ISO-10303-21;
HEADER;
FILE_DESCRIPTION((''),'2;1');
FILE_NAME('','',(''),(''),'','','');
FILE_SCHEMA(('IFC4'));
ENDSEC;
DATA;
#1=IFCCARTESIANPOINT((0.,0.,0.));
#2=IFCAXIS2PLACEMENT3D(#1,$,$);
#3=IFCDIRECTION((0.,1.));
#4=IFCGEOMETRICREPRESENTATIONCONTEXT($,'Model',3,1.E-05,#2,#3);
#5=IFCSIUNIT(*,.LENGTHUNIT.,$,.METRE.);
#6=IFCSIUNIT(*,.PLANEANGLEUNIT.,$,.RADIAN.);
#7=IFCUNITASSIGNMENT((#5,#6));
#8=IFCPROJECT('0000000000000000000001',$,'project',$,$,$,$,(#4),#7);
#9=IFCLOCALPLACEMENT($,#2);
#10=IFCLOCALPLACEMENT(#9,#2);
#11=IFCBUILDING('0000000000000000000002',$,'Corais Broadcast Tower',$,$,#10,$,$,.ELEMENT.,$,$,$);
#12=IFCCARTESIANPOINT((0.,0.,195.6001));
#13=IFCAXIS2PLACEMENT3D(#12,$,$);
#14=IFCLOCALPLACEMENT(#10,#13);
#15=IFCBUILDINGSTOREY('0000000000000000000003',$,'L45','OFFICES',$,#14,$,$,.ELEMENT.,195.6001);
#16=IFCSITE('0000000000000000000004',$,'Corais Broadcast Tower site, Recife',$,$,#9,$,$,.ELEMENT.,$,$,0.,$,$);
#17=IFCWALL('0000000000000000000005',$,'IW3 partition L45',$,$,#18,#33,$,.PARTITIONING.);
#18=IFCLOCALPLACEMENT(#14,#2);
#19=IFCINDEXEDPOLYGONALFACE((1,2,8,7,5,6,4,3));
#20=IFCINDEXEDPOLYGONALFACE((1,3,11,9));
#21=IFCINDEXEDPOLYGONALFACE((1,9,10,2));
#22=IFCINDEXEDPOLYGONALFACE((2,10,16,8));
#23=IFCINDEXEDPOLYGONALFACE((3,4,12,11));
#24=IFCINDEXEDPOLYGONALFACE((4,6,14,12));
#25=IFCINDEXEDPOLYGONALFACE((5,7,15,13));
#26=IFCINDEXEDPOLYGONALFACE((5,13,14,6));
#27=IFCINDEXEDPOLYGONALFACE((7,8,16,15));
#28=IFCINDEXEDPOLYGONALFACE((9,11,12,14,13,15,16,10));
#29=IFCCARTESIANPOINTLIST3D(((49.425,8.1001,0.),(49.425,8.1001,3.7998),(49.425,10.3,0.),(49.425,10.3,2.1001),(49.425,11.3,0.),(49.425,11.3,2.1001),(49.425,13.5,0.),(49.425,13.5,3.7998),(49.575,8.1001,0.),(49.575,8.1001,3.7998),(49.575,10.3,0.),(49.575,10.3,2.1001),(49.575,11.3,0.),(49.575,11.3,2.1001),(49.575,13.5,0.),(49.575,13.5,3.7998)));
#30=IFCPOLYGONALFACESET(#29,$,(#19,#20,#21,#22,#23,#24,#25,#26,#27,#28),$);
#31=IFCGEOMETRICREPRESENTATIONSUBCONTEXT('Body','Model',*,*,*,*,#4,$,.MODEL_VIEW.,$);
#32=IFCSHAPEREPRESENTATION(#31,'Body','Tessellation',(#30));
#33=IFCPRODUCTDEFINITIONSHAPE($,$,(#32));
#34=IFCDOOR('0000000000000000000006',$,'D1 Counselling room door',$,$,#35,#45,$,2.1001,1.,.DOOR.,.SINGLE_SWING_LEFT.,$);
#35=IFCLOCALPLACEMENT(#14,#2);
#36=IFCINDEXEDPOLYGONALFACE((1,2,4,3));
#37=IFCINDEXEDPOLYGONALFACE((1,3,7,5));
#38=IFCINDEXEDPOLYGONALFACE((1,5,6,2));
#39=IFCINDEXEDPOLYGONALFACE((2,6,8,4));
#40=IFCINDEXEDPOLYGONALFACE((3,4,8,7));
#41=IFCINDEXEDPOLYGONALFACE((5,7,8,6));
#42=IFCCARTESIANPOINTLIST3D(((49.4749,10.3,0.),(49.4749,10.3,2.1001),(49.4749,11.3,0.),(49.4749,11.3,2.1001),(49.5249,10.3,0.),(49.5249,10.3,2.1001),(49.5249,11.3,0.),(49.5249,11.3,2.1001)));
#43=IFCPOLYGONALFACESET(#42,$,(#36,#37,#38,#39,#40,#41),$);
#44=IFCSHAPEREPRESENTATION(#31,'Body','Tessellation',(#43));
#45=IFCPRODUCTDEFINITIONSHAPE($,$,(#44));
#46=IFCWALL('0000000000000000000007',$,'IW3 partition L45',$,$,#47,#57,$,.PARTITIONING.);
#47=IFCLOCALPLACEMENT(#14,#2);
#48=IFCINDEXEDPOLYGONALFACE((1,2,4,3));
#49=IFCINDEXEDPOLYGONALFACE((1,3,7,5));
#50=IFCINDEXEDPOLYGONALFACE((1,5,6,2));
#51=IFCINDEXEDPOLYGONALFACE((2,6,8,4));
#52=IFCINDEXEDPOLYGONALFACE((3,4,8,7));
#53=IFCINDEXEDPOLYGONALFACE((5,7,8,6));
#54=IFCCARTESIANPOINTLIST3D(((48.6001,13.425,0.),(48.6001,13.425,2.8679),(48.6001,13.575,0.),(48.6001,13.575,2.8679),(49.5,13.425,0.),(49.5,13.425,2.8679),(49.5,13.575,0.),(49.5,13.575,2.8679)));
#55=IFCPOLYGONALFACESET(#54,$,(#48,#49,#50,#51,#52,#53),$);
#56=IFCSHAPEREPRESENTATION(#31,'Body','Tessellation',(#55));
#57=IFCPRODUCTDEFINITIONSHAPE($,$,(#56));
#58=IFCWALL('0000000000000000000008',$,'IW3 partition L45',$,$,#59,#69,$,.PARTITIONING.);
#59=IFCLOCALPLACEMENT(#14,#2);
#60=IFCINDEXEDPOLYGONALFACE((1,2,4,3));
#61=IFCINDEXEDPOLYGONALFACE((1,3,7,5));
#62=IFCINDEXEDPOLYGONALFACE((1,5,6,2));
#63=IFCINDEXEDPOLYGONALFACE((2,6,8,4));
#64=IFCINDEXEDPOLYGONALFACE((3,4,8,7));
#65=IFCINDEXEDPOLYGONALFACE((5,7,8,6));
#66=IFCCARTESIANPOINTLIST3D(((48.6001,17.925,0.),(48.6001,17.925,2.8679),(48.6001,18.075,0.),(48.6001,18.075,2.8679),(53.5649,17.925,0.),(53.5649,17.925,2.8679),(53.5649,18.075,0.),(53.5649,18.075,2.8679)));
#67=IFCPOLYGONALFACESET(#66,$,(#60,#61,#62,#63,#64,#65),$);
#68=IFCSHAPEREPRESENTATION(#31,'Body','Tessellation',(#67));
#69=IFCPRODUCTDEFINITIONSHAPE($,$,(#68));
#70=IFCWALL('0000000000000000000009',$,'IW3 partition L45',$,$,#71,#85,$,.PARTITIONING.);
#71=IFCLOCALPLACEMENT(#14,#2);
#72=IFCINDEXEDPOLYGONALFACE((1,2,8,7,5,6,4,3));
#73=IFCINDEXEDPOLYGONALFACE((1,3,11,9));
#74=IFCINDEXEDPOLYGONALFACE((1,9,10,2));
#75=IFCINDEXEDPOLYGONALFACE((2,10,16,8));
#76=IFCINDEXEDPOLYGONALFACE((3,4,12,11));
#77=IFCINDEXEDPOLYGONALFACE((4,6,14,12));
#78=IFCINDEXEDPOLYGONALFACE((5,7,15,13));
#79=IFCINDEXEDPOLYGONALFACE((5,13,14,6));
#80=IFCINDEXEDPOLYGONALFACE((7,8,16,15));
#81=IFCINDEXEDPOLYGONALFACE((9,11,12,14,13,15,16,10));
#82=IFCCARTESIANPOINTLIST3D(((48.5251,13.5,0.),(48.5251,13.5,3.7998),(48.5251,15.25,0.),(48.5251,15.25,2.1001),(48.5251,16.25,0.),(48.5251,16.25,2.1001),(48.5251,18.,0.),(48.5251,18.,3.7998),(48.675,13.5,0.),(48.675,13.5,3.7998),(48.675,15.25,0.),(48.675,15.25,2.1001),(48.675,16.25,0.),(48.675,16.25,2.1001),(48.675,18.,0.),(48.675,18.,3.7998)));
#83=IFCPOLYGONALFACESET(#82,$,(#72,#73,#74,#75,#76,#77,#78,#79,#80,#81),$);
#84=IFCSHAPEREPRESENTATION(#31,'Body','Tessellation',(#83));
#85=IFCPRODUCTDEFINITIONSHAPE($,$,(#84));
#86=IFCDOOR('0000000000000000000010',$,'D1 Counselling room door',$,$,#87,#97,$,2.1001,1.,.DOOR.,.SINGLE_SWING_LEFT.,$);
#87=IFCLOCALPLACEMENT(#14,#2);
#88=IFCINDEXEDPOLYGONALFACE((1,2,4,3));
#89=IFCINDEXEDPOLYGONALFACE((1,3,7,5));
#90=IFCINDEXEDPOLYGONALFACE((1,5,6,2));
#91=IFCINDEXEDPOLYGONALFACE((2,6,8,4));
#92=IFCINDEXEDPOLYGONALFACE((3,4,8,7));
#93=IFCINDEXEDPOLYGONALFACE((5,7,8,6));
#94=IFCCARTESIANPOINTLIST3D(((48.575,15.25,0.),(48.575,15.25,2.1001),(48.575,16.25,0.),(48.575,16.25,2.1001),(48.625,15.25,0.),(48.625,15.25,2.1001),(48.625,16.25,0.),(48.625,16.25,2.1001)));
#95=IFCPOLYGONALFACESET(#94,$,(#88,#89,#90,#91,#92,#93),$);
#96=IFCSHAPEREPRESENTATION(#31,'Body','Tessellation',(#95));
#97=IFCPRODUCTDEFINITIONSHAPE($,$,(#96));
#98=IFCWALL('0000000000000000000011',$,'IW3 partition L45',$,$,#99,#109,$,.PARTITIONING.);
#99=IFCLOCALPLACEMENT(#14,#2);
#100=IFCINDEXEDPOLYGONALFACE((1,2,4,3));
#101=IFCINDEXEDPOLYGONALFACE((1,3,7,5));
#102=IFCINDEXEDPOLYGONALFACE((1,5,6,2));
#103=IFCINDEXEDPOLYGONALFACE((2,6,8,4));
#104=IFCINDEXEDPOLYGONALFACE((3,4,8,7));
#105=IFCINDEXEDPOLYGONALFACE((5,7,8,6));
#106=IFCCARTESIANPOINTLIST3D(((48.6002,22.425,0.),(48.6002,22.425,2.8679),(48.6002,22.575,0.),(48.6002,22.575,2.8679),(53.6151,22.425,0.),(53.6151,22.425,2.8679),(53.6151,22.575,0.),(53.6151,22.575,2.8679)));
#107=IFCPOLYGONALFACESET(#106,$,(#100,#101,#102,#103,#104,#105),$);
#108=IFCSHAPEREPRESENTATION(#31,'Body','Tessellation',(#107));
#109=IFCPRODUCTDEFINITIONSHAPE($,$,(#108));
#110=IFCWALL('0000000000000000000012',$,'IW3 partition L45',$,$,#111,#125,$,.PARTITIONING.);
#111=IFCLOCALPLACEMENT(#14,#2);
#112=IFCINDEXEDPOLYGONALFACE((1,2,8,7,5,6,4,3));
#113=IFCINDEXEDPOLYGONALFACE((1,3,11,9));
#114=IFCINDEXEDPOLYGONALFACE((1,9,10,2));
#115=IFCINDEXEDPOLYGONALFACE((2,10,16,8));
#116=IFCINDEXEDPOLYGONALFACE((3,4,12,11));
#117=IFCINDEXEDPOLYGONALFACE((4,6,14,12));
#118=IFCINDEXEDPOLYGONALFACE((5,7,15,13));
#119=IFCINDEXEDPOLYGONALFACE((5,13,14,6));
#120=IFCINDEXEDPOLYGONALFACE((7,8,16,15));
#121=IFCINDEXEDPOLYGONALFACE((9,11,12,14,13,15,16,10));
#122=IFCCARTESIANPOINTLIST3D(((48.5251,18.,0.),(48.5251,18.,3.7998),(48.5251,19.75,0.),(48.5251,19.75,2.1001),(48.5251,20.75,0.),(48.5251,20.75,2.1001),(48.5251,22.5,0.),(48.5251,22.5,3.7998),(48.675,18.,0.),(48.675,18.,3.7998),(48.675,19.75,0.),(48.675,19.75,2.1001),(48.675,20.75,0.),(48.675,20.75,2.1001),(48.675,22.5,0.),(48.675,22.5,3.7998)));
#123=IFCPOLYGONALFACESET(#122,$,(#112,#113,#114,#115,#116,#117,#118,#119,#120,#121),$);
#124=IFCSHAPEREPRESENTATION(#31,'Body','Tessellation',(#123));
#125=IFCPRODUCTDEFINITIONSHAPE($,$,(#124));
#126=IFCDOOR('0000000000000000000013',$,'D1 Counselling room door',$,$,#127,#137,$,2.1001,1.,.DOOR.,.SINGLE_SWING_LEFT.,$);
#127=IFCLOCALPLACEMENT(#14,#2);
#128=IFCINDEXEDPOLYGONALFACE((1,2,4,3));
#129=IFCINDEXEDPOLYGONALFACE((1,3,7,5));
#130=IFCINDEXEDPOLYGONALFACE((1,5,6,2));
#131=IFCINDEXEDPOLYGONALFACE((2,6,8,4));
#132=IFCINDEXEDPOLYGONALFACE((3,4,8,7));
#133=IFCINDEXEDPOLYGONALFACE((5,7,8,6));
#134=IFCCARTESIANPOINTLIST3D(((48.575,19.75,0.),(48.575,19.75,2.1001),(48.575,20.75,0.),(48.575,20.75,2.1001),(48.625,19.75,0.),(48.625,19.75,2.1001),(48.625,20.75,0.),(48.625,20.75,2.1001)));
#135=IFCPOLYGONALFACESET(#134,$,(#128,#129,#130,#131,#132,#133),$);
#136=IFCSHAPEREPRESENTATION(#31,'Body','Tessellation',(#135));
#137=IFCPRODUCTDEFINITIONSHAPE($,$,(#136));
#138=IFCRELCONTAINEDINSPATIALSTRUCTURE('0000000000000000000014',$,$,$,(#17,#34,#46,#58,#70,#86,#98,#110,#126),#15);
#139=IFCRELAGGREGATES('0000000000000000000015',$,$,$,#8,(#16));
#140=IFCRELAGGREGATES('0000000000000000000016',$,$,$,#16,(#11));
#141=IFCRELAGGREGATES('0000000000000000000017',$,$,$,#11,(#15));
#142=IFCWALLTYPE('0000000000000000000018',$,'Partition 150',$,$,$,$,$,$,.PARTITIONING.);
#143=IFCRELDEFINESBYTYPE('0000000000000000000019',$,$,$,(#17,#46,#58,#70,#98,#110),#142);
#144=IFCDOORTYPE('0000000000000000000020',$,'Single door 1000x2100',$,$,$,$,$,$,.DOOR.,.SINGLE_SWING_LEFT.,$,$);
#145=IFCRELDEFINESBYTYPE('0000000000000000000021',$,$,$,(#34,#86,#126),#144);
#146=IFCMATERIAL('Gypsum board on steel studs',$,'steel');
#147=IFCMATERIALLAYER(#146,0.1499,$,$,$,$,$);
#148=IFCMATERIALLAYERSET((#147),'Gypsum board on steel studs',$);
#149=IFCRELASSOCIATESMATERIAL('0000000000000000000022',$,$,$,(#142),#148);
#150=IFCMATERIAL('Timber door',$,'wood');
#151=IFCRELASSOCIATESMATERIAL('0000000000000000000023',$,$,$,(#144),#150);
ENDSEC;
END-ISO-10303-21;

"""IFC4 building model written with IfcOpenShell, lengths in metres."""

from ifc_helpers import new_model, si_unit, direction, frame, frame_2d, origin, place, context, subcontext, project, spatial, rectangle, extrude, material, layer, layer_set, type_object, element, fill, save


model = new_model("IFC4")

# Units and contexts
model_context = context("Model", 3, precision=1e-05, world=origin(), true_north=direction((0.0, 1.0)))
body_context = subcontext(model_context, "Body", "Model", "MODEL_VIEW")
ifc_project = project(units=[si_unit("LENGTHUNIT", "METRE"), si_unit("PLANEANGLEUNIT", "RADIAN")], contexts=[model_context])

# Site, building, storey
site_placement = place(None, origin())
site = spatial("IfcSite", under=ifc_project, at=site_placement, Name="Corais Broadcast Tower site, Recife", CompositionType="ELEMENT", RefElevation=0.0)
building_placement = place(site_placement, origin())
building = spatial("IfcBuilding", under=site, at=building_placement, Name="Corais Broadcast Tower", CompositionType="ELEMENT")
storey_placement = place(building_placement, frame((0.0, 0.0, 195.6001)))
storey = spatial("IfcBuildingStorey", under=building, at=storey_placement, Name="L45", Description="OFFICES", CompositionType="ELEMENT", Elevation=195.6001)

# Shared definitions
ifc_material_1 = material(Name="Gypsum board on steel studs", Category="steel")
ifc_layer_1 = layer(ifc_material_1, 0.1499)
ifc_layer_set_1 = layer_set([ifc_layer_1], Name="Gypsum board on steel studs")
wall_type = type_object("IfcWallType", Name="Partition 150", PredefinedType="PARTITIONING", material=ifc_layer_set_1)

# Wall, opening, door
wall_1_placement = place(storey_placement, frame((49.5, 13.5, 0.0), z_axis=(0.0, 0.0, 1.0), x_axis=(0.0, -1.0, 0.0)))
wall_1 = element("IfcWall", 1, at=wall_1_placement, inside=storey, type_object=wall_type, Name="IW3 partition L45", PredefinedType="PARTITIONING", context=body_context, shape_type="SweptSolid", body=[
    extrude(rectangle(XDim=5.3999, YDim=0.1499, at=frame_2d((2.7, 0.0))), origin(), (0.0, 0.0, 1.0), 3.7998),
])
opening_1_placement = place(wall_1_placement, frame((2.2, 0.0, 0.0)))
opening_1 = element("IfcOpeningElement", 2, at=opening_1_placement, cuts=wall_1, PredefinedType="OPENING", context=body_context, shape_type="SweptSolid", body=[
    extrude(rectangle(XDim=1.0, YDim=2.1001, at=frame_2d((0.5, 1.05))), frame((0.0, 0.085, 0.0), z_axis=(0.0, -1.0, 0.0), x_axis=(1.0, 0.0, 0.0)), (0.0, 0.0, 1.0), 0.1699),
])
ifc_material_2 = material(Name="Timber door", Category="wood")
door_type = type_object("IfcDoorType", Name="Single door 1000x2100", OperationType="SINGLE_SWING_LEFT", PredefinedType="DOOR", material=ifc_material_2)
door_1_placement = place(opening_1_placement, origin())
door_1 = element("IfcDoor", 3, at=door_1_placement, inside=storey, type_object=door_type, Name="D1 Counselling room door", OperationType="SINGLE_SWING_LEFT", OverallHeight=2.1001, OverallWidth=1.0, PredefinedType="DOOR", context=body_context, shape_type="SweptSolid", body=[
    extrude(rectangle(XDim=1.0, YDim=2.1001, at=frame_2d((0.5, 1.05))), frame((0.0, 0.0249, 0.0), z_axis=(0.0, -1.0, 0.0), x_axis=(1.0, 0.0, 0.0)), (0.0, 0.0, 1.0), 0.05),
])
fill(opening_1, door_1)

# Walls
wall_2_placement = place(storey_placement, frame((48.6001, 13.5, 0.0), z_axis=(0.0, 0.0, 1.0), x_axis=(1.0, 0.0, 0.0)))
element("IfcWall", 4, at=wall_2_placement, inside=storey, type_object=wall_type, Name="IW3 partition L45", PredefinedType="PARTITIONING", context=body_context, shape_type="SweptSolid", body=[
    extrude(rectangle(XDim=0.8999, YDim=0.1499, at=frame_2d((0.45, 0.0))), origin(), (0.0, 0.0, 1.0), 2.8679),
])
wall_3_placement = place(storey_placement, frame((53.5649, 18.0, 0.0), z_axis=(0.0, 0.0, 1.0), x_axis=(-1.0, 0.0, 0.0)))
element("IfcWall", 5, at=wall_3_placement, inside=storey, type_object=wall_type, Name="IW3 partition L45", PredefinedType="PARTITIONING", context=body_context, shape_type="SweptSolid", body=[
    extrude(rectangle(XDim=4.9648, YDim=0.1499, at=frame_2d((2.4824, 0.0))), origin(), (0.0, 0.0, 1.0), 2.8679),
])

# Wall, opening, door
wall_4_placement = place(storey_placement, frame((48.6001, 18.0, 0.0), z_axis=(0.0, 0.0, 1.0), x_axis=(0.0, -1.0, 0.0)))
wall_4 = element("IfcWall", 6, at=wall_4_placement, inside=storey, type_object=wall_type, Name="IW3 partition L45", PredefinedType="PARTITIONING", context=body_context, shape_type="SweptSolid", body=[
    extrude(rectangle(XDim=4.5, YDim=0.1499, at=frame_2d((2.25, 0.0))), origin(), (0.0, 0.0, 1.0), 3.7998),
])
opening_2_placement = place(wall_4_placement, frame((1.75, 0.0, 0.0)))
opening_2 = element("IfcOpeningElement", 7, at=opening_2_placement, cuts=wall_4, PredefinedType="OPENING", context=body_context, shape_type="SweptSolid", body=[
    extrude(rectangle(XDim=1.0, YDim=2.1001, at=frame_2d((0.5, 1.05))), frame((0.0, 0.085, 0.0), z_axis=(0.0, -1.0, 0.0), x_axis=(1.0, 0.0, 0.0)), (0.0, 0.0, 1.0), 0.1699),
])
door_2_placement = place(opening_2_placement, origin())
door_2 = element("IfcDoor", 8, at=door_2_placement, inside=storey, type_object=door_type, Name="D1 Counselling room door", OperationType="SINGLE_SWING_LEFT", OverallHeight=2.1001, OverallWidth=1.0, PredefinedType="DOOR", context=body_context, shape_type="SweptSolid", body=[
    extrude(rectangle(XDim=1.0, YDim=2.1001, at=frame_2d((0.5, 1.05))), frame((0.0, 0.0249, 0.0), z_axis=(0.0, -1.0, 0.0), x_axis=(1.0, 0.0, 0.0)), (0.0, 0.0, 1.0), 0.05),
])
fill(opening_2, door_2)

# Wall
wall_5_placement = place(storey_placement, frame((53.615, 22.5, 0.0), z_axis=(0.0, 0.0, 1.0), x_axis=(-1.0, 0.0, 0.0)))
element("IfcWall", 9, at=wall_5_placement, inside=storey, type_object=wall_type, Name="IW3 partition L45", PredefinedType="PARTITIONING", context=body_context, shape_type="SweptSolid", body=[
    extrude(rectangle(XDim=5.0149, YDim=0.1499, at=frame_2d((2.5073, 0.0))), origin(), (0.0, 0.0, 1.0), 2.8679),
])

# Wall, opening, door
wall_6_placement = place(storey_placement, frame((48.6001, 22.5, 0.0), z_axis=(0.0, 0.0, 1.0), x_axis=(0.0, -1.0, 0.0)))
wall_6 = element("IfcWall", 10, at=wall_6_placement, inside=storey, type_object=wall_type, Name="IW3 partition L45", PredefinedType="PARTITIONING", context=body_context, shape_type="SweptSolid", body=[
    extrude(rectangle(XDim=4.5, YDim=0.1499, at=frame_2d((2.25, 0.0))), origin(), (0.0, 0.0, 1.0), 3.7998),
])
opening_3_placement = place(wall_6_placement, frame((1.75, 0.0, 0.0)))
opening_3 = element("IfcOpeningElement", 11, at=opening_3_placement, cuts=wall_6, PredefinedType="OPENING", context=body_context, shape_type="SweptSolid", body=[
    extrude(rectangle(XDim=1.0, YDim=2.1001, at=frame_2d((0.5, 1.05))), frame((0.0, 0.085, 0.0), z_axis=(0.0, -1.0, 0.0), x_axis=(1.0, 0.0, 0.0)), (0.0, 0.0, 1.0), 0.1699),
])
door_3_placement = place(opening_3_placement, origin())
door_3 = element("IfcDoor", 12, at=door_3_placement, inside=storey, type_object=door_type, Name="D1 Counselling room door", OperationType="SINGLE_SWING_LEFT", OverallHeight=2.1001, OverallWidth=1.0, PredefinedType="DOOR", context=body_context, shape_type="SweptSolid", body=[
    extrude(rectangle(XDim=1.0, YDim=2.1001, at=frame_2d((0.5, 1.05))), frame((0.0, 0.0249, 0.0), z_axis=(0.0, -1.0, 0.0), x_axis=(1.0, 0.0, 0.0)), (0.0, 0.0, 1.0), 0.05),
])
fill(opening_3, door_3)

save(model, "model.ifc")
